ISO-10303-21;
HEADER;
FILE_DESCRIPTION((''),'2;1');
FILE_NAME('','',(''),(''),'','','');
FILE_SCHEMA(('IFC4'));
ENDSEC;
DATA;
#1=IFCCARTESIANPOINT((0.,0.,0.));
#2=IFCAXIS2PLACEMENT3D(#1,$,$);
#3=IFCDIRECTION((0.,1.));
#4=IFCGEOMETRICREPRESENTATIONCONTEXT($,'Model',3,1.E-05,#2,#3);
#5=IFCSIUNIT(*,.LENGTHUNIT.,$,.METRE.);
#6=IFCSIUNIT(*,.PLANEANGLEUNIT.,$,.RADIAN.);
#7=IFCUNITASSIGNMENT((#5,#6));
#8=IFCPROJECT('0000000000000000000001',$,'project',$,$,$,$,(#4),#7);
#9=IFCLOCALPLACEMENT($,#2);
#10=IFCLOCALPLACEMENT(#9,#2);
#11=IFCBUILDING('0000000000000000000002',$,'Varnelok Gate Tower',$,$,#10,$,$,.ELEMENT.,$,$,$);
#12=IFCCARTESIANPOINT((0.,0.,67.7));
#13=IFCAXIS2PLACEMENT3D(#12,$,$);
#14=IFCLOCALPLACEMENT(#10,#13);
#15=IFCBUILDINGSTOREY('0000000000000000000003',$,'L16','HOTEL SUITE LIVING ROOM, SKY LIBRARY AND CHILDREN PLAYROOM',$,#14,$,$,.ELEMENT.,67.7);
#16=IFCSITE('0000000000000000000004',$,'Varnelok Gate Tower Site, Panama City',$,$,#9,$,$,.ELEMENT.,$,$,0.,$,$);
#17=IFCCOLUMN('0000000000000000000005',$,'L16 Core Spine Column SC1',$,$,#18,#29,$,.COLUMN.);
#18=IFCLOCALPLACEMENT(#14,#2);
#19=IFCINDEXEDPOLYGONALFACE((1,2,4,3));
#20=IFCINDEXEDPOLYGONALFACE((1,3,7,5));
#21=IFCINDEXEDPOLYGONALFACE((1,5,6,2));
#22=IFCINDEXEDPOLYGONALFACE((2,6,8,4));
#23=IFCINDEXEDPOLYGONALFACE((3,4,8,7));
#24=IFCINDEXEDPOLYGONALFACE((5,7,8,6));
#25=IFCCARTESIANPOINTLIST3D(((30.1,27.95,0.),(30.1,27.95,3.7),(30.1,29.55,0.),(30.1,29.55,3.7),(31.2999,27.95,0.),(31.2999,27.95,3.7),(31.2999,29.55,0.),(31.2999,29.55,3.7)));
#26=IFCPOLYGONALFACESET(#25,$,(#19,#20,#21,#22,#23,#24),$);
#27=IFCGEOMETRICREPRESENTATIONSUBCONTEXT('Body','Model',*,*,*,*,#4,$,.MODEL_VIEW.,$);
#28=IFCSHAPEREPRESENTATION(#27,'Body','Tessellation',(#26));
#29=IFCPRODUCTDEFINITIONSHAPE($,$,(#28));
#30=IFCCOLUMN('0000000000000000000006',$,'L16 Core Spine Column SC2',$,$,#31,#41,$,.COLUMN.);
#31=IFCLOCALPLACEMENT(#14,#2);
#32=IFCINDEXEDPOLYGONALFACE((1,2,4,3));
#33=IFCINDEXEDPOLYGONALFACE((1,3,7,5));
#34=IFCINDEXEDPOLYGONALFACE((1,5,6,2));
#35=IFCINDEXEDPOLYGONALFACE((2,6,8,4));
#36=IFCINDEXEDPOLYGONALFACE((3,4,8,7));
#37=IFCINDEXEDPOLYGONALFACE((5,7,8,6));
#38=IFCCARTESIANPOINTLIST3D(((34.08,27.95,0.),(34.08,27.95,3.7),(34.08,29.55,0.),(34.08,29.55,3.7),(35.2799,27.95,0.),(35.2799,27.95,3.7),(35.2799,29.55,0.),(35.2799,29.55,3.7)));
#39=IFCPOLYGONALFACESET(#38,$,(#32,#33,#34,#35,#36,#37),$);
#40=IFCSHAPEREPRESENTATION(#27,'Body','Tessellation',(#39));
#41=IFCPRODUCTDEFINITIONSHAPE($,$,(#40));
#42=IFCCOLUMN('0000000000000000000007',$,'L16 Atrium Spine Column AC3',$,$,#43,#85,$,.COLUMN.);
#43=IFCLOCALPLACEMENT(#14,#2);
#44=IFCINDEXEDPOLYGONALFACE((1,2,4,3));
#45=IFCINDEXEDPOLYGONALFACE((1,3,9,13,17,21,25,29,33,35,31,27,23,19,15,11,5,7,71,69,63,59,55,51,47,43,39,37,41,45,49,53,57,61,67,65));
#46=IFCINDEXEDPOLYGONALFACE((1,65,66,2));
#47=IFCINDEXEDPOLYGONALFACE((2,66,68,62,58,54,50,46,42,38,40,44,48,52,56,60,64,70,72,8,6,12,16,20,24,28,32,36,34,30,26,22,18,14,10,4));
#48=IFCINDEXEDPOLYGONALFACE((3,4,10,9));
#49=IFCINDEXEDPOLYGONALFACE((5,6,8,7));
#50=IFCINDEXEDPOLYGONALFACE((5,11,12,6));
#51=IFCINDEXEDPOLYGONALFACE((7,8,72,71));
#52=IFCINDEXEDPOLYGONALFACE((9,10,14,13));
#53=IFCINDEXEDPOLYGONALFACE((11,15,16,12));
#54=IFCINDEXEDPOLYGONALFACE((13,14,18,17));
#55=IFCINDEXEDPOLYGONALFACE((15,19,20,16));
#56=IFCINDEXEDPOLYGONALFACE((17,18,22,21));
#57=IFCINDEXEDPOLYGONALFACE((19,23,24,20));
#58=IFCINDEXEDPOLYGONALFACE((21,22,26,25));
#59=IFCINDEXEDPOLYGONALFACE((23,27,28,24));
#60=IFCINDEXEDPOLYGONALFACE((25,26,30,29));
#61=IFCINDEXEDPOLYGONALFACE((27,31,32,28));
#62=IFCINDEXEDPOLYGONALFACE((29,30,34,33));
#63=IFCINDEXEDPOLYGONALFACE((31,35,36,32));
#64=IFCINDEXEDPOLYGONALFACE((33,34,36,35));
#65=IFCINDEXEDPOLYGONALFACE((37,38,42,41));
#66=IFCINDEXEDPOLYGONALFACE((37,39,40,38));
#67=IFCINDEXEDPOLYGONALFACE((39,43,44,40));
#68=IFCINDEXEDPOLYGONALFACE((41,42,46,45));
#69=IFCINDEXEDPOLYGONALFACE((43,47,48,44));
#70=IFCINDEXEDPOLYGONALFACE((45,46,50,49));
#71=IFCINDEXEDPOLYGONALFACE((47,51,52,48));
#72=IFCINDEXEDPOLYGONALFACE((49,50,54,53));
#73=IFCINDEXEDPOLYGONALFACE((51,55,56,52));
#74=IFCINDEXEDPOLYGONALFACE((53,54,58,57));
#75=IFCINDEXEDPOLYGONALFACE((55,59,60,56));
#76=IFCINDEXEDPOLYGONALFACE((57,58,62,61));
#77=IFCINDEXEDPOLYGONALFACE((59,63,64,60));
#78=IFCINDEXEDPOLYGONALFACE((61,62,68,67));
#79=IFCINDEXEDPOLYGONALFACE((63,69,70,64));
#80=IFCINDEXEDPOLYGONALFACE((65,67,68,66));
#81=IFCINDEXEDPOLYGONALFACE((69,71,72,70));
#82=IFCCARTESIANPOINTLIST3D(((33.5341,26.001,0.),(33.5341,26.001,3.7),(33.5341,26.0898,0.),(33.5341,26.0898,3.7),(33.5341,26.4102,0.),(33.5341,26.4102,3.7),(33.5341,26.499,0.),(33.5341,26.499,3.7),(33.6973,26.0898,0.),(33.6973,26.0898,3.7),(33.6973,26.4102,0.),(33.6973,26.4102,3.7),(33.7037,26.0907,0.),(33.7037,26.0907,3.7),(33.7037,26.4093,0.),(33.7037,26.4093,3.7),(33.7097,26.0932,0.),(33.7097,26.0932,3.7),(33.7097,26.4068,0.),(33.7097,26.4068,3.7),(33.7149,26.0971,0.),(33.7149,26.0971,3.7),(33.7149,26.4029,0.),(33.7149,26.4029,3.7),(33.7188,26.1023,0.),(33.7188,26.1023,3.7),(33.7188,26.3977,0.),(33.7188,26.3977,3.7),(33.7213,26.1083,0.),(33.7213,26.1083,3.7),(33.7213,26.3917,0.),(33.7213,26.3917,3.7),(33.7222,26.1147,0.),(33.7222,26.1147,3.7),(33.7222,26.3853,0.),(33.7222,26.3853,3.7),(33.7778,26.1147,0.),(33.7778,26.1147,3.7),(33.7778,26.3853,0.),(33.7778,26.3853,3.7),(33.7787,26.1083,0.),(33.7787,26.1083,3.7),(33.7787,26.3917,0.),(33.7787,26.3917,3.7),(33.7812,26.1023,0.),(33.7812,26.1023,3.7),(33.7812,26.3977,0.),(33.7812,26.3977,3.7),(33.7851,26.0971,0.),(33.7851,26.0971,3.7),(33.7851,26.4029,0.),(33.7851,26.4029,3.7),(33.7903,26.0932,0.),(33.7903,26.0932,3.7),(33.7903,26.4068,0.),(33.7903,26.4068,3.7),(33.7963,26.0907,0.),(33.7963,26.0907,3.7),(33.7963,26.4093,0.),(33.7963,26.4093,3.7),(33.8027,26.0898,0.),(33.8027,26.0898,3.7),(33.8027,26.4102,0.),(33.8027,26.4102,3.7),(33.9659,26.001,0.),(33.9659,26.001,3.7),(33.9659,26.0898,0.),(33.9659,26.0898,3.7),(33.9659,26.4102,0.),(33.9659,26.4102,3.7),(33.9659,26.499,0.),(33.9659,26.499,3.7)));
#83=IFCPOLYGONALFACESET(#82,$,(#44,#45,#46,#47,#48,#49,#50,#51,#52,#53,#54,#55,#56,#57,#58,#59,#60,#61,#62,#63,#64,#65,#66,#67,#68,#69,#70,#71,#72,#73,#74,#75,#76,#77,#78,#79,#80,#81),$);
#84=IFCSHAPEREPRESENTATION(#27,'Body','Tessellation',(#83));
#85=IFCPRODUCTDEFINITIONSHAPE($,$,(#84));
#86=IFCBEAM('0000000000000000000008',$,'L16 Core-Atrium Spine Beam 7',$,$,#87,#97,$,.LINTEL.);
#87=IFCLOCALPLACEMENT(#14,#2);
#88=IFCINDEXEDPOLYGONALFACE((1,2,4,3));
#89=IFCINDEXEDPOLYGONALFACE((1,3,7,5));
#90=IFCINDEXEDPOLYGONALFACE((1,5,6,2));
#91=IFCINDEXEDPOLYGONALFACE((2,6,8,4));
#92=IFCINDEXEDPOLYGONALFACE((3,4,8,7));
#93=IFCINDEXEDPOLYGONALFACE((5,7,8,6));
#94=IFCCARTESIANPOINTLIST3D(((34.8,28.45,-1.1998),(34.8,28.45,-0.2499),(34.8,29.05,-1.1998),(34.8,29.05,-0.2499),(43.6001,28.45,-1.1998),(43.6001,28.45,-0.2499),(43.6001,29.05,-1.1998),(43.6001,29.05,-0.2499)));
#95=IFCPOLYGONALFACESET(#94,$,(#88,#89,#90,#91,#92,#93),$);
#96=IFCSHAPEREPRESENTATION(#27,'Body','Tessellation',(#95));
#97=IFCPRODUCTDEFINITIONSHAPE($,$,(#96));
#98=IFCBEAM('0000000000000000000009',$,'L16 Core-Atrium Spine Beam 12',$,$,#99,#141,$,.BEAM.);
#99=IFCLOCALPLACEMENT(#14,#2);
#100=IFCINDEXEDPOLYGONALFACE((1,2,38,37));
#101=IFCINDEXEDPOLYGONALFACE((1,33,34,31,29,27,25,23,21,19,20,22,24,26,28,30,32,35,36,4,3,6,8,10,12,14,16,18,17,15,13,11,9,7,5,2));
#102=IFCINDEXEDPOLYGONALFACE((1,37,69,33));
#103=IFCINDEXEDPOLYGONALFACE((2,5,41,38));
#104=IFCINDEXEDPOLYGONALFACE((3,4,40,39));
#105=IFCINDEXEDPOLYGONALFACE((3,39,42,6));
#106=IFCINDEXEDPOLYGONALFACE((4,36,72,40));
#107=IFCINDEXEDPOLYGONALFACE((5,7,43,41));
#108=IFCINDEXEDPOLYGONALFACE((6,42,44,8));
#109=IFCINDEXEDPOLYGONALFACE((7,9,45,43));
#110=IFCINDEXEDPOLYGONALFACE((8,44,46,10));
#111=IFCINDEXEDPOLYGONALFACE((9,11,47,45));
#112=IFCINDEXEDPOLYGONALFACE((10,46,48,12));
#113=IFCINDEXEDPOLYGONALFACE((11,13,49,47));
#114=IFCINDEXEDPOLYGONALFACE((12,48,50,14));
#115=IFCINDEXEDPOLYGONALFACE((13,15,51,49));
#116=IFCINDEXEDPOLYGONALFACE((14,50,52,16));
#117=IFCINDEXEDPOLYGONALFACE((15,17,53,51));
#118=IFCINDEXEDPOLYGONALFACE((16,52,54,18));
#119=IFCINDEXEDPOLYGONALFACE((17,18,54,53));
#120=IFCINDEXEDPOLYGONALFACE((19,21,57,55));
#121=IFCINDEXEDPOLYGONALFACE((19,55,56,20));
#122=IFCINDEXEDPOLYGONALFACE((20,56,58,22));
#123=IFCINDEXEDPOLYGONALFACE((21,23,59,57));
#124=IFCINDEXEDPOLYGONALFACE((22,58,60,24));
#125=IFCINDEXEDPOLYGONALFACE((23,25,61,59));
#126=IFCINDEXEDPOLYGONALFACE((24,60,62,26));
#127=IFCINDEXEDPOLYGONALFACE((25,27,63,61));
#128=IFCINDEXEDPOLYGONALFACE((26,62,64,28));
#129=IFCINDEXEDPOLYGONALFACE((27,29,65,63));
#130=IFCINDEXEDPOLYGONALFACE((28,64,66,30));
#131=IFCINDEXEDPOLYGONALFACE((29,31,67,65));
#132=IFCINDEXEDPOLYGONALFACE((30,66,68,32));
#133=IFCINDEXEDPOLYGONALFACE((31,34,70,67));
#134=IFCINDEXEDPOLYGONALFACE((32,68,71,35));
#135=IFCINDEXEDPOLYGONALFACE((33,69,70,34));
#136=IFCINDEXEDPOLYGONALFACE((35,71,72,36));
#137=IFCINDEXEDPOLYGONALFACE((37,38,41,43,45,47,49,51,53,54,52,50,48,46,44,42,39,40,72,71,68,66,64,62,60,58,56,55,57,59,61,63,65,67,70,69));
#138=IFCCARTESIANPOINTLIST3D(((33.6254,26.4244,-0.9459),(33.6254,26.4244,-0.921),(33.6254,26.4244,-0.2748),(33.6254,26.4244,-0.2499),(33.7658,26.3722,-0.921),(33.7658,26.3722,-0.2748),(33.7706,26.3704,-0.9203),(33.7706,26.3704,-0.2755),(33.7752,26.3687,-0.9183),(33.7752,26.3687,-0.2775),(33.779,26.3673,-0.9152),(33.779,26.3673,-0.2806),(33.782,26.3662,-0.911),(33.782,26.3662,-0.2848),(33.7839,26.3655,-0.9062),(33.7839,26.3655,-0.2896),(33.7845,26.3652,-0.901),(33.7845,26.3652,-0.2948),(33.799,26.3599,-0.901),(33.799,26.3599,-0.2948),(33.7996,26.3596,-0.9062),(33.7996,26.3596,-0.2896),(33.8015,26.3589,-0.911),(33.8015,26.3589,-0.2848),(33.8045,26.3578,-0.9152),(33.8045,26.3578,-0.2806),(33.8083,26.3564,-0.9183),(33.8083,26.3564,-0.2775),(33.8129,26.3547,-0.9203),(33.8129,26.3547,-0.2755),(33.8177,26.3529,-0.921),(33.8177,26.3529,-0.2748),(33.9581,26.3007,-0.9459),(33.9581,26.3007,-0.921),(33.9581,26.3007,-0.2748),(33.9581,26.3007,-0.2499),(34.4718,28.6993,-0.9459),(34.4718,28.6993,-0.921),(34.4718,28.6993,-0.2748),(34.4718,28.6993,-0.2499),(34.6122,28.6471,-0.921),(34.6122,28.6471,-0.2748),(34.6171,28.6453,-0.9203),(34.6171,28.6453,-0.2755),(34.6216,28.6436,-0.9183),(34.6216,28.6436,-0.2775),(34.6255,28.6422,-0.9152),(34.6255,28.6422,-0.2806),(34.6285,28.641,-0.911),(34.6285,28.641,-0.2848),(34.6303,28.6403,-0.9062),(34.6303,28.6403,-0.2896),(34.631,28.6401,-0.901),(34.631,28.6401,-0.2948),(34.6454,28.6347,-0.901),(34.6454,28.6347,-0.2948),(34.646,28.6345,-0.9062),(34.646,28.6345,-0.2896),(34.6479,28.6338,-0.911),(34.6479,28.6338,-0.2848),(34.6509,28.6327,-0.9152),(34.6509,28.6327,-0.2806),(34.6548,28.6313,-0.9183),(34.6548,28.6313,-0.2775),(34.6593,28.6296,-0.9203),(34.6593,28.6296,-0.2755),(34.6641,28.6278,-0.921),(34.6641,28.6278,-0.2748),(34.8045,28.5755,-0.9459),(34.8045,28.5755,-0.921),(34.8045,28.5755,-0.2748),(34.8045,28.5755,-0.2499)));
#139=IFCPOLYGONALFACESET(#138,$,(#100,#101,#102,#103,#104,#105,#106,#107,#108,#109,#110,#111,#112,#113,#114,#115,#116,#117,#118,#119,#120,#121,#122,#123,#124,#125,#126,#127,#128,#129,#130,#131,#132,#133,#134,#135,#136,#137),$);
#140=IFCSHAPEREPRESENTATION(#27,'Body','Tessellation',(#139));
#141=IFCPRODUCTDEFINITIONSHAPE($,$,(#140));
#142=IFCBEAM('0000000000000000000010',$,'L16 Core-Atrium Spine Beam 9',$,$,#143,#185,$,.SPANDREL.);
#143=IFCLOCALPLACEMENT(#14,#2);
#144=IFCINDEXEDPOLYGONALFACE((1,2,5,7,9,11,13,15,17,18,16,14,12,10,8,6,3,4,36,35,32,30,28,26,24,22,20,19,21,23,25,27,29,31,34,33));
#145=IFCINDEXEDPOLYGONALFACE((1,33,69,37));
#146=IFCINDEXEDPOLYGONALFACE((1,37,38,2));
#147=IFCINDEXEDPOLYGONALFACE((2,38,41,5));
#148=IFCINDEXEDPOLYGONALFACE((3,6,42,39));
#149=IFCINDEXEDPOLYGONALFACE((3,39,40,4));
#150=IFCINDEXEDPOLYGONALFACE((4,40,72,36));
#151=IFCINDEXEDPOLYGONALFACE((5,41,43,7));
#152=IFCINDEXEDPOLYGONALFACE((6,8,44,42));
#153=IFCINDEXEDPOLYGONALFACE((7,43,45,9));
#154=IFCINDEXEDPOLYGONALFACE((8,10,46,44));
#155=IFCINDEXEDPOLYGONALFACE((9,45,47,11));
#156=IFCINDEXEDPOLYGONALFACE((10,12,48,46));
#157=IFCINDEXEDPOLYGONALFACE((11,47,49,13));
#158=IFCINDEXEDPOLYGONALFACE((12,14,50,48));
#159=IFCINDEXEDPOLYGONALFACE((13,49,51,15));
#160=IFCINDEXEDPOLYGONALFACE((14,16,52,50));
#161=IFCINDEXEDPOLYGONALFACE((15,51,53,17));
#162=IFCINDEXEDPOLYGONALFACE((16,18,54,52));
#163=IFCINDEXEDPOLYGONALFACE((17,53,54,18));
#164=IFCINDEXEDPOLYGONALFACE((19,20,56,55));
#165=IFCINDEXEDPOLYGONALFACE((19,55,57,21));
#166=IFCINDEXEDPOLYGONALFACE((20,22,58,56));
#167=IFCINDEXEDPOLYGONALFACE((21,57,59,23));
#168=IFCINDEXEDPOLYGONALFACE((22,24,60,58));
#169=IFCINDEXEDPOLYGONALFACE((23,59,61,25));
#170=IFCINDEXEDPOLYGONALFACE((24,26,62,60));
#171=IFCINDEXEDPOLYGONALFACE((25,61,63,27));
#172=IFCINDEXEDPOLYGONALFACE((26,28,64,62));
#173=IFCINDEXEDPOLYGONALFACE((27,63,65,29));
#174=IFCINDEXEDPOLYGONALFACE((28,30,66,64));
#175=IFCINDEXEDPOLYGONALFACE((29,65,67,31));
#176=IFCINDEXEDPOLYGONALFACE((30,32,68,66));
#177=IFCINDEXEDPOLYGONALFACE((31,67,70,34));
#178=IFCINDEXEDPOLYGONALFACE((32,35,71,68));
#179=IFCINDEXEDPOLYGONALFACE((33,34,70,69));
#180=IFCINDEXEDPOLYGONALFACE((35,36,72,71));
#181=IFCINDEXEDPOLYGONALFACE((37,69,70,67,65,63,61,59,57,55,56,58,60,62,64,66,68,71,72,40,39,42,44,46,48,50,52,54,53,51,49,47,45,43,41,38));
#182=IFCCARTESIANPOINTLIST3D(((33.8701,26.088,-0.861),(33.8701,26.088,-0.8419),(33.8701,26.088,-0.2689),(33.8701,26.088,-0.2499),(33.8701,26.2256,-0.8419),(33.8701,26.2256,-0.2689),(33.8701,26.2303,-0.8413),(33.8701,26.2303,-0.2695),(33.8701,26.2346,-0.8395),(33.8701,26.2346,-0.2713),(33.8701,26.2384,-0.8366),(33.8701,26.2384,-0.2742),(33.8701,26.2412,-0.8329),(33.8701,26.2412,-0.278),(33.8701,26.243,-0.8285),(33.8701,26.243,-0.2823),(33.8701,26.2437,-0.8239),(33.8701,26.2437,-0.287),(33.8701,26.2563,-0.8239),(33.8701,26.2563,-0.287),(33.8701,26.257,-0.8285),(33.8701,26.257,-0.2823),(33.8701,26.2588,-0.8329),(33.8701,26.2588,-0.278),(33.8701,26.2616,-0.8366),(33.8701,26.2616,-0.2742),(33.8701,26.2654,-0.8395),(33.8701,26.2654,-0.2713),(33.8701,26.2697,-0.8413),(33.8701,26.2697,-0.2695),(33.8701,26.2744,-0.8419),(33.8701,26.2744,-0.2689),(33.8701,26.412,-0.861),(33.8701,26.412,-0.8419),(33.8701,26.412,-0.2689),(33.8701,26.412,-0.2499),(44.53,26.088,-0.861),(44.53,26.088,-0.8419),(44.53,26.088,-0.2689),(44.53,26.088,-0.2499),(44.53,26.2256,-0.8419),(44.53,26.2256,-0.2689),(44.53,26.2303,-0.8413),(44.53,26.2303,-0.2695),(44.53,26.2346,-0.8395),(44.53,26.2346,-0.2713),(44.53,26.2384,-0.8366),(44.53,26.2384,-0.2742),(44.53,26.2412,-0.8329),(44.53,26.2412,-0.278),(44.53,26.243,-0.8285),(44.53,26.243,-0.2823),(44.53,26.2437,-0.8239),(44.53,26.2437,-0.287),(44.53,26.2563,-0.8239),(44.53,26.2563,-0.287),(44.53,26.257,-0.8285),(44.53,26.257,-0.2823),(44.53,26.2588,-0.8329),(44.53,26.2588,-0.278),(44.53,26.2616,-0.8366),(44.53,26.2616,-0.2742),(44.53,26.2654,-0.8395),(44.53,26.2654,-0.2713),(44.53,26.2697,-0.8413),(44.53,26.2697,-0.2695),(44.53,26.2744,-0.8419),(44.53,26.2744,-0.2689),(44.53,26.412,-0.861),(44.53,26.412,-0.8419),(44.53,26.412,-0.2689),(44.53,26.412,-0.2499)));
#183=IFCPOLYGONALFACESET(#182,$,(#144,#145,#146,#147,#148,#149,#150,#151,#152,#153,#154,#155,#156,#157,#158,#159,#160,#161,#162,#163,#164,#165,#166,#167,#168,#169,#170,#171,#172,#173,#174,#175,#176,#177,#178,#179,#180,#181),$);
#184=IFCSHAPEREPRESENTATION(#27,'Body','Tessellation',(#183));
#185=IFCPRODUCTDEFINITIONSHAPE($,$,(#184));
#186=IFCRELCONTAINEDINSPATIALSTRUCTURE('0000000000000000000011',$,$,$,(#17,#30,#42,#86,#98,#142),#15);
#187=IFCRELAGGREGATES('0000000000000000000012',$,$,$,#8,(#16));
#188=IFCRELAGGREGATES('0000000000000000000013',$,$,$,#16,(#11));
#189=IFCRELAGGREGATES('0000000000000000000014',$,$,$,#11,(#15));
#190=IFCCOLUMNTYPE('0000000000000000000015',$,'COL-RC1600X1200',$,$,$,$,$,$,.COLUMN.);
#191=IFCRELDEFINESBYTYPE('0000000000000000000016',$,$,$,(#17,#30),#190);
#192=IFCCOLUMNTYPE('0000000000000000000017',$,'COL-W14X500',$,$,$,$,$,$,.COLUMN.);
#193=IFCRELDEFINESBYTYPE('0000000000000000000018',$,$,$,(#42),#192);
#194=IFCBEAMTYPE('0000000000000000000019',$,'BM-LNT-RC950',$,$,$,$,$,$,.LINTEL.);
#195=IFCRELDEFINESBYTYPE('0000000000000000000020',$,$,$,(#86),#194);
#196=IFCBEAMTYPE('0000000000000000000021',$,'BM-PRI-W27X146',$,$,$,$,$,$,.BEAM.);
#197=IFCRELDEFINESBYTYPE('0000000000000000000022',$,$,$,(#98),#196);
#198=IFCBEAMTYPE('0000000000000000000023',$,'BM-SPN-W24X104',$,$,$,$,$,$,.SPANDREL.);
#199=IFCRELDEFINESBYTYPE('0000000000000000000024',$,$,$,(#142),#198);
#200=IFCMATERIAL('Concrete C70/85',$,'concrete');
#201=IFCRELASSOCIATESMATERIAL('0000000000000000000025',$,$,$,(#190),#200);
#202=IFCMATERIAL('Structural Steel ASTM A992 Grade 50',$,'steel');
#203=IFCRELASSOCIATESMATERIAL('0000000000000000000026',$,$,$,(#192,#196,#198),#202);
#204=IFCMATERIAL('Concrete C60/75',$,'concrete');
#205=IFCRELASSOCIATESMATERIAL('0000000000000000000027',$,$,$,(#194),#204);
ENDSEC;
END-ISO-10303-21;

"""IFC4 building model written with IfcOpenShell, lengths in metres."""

from ifc_helpers import new_model, si_unit, direction, frame, origin, origin_2d, place, context, subcontext, project, spatial, rectangle, i_section, extrude, material, material_profile, profile_set, type_object, element, save


model = new_model("IFC4")

# Units and contexts
model_context = context("Model", 3, precision=1e-05, world=origin(), true_north=direction((0.0, 1.0)))
body_context = subcontext(model_context, "Body", "Model", "MODEL_VIEW")
ifc_project = project(units=[si_unit("LENGTHUNIT", "METRE"), si_unit("PLANEANGLEUNIT", "RADIAN")], contexts=[model_context])

# Site, building, storey
site_placement = place(None, origin())
site = spatial("IfcSite", under=ifc_project, at=site_placement, Name="Varnelok Gate Tower Site, Panama City", CompositionType="ELEMENT", RefElevation=0.0)
building_placement = place(site_placement, origin())
building = spatial("IfcBuilding", under=site, at=building_placement, Name="Varnelok Gate Tower", CompositionType="ELEMENT")
storey_placement = place(building_placement, frame((0.0, 0.0, 67.7)))
storey = spatial("IfcBuildingStorey", under=building, at=storey_placement, Name="L16", Description="HOTEL SUITE LIVING ROOM, SKY LIBRARY AND CHILDREN PLAYROOM", CompositionType="ELEMENT", Elevation=67.7)

# Columns
ifc_material_1 = material(Name="Concrete C70/85", Category="concrete")
ifc_material_profile_1 = material_profile(ifc_material_1, rectangle(XDim=1.2, YDim=1.6001, at=origin_2d()), Name="RC1600X1200")
ifc_profile_set_1 = profile_set([ifc_material_profile_1], Name="Concrete C70/85")
column_type_1 = type_object("IfcColumnType", Name="COL-RC1600X1200", PredefinedType="COLUMN", material=ifc_profile_set_1)
for number, where, z_axis, x_axis, name in (
    (1, (30.7, 28.75, 0.0), (0.0, 0.0, 1.0), (1.0, 0.0, 0.0), "L16 Core Spine Column SC1"),
    (2, (34.6799, 28.75, 0.0), (0.0, 0.0, 1.0), (1.0, 0.0, 0.0), "L16 Core Spine Column SC2"),
):
    element("IfcColumn", number, at=place(storey_placement, frame(where, z_axis=z_axis, x_axis=x_axis)), inside=storey, type_object=column_type_1, Name=name, PredefinedType="COLUMN", context=body_context, shape_type="SweptSolid", body=[
        extrude(rectangle(XDim=1.2, YDim=1.6001, at=origin_2d()), origin(), (0.0, 0.0, 1.0), 3.7),
    ])
ifc_material_2 = material(Name="Structural Steel ASTM A992 Grade 50", Category="steel")
ifc_material_profile_2 = material_profile(ifc_material_2, i_section(OverallWidth=0.4319, OverallDepth=0.498, WebThickness=0.0557, FlangeThickness=0.0889, FilletRadius=0.0249, at=origin_2d()), Name="W14X500")
ifc_profile_set_2 = profile_set([ifc_material_profile_2], Name="Structural Steel ASTM A992 Grade 50")
column_type_2 = type_object("IfcColumnType", Name="COL-W14X500", PredefinedType="COLUMN", material=ifc_profile_set_2)
column_placement = place(storey_placement, frame((33.75, 26.25, 0.0), z_axis=(0.0, 0.0, 1.0), x_axis=(1.0, 0.0, 0.0)))
element("IfcColumn", 3, at=column_placement, inside=storey, type_object=column_type_2, Name="L16 Atrium Spine Column AC3", PredefinedType="COLUMN", context=body_context, shape_type="SweptSolid", body=[
    extrude(i_section(OverallWidth=0.4319, OverallDepth=0.498, WebThickness=0.0557, FlangeThickness=0.0889, FilletRadius=0.0249, at=origin_2d()), origin(), (0.0, 0.0, 1.0), 3.7),
])

# Beams
ifc_material_3 = material(Name="Concrete C60/75", Category="concrete")
ifc_material_profile_3 = material_profile(ifc_material_3, rectangle(XDim=0.6001, YDim=0.95, at=origin_2d()), Name="RC950X600")
ifc_profile_set_3 = profile_set([ifc_material_profile_3], Name="Concrete C60/75")
beam_type_1 = type_object("IfcBeamType", Name="BM-LNT-RC950", PredefinedType="LINTEL", material=ifc_profile_set_3)
beam_1_placement = place(storey_placement, frame((34.8, 28.75, -0.7249), z_axis=(1.0, 0.0, 0.0), x_axis=(0.0, 1.0, 0.0)))
element("IfcBeam", 4, at=beam_1_placement, inside=storey, type_object=beam_type_1, Name="L16 Core-Atrium Spine Beam 7", PredefinedType="LINTEL", context=body_context, shape_type="SweptSolid", body=[
    extrude(rectangle(XDim=0.6001, YDim=0.95, at=origin_2d()), origin(), (0.0, 0.0, 1.0), 8.8),
])
ifc_material_profile_4 = material_profile(ifc_material_2, i_section(OverallWidth=0.355, OverallDepth=0.696, WebThickness=0.0154, FlangeThickness=0.0249, FilletRadius=0.02, at=origin_2d()), Name="W27X146")
ifc_profile_set_4 = profile_set([ifc_material_profile_4], Name="Structural Steel ASTM A992 Grade 50")
beam_type_2 = type_object("IfcBeamType", Name="BM-PRI-W27X146", PredefinedType="BEAM", material=ifc_profile_set_4)
beam_2_placement = place(storey_placement, frame((33.7917, 26.3625, -0.5979), z_axis=(0.348719, 0.937227, 0.0), x_axis=(-0.937227, 0.348719, 0.0)))
element("IfcBeam", 5, at=beam_2_placement, inside=storey, type_object=beam_type_2, Name="L16 Core-Atrium Spine Beam 12", PredefinedType="BEAM", context=body_context, shape_type="SweptSolid", body=[
    extrude(i_section(OverallWidth=0.355, OverallDepth=0.696, WebThickness=0.0154, FlangeThickness=0.0249, FilletRadius=0.02, at=origin_2d()), origin(), (0.0, 0.0, 1.0), 2.4272),
])
ifc_material_profile_5 = material_profile(ifc_material_2, i_section(OverallWidth=0.324, OverallDepth=0.6111, WebThickness=0.0127, FlangeThickness=0.019, FilletRadius=0.0181, at=origin_2d()), Name="W24X104")
ifc_profile_set_5 = profile_set([ifc_material_profile_5], Name="Structural Steel ASTM A992 Grade 50")
beam_type_3 = type_object("IfcBeamType", Name="BM-SPN-W24X104", PredefinedType="SPANDREL", material=ifc_profile_set_5)
beam_3_placement = place(storey_placement, frame((33.8701, 26.25, -0.5554), z_axis=(1.0, 0.0, 0.0), x_axis=(0.0, 1.0, 0.0)))
element("IfcBeam", 6, at=beam_3_placement, inside=storey, type_object=beam_type_3, Name="L16 Core-Atrium Spine Beam 9", PredefinedType="SPANDREL", context=body_context, shape_type="SweptSolid", body=[
    extrude(i_section(OverallWidth=0.324, OverallDepth=0.6111, WebThickness=0.0127, FlangeThickness=0.019, FilletRadius=0.0181, at=origin_2d()), origin(), (0.0, 0.0, 1.0), 10.6599),
])

save(model, "model.ifc")
